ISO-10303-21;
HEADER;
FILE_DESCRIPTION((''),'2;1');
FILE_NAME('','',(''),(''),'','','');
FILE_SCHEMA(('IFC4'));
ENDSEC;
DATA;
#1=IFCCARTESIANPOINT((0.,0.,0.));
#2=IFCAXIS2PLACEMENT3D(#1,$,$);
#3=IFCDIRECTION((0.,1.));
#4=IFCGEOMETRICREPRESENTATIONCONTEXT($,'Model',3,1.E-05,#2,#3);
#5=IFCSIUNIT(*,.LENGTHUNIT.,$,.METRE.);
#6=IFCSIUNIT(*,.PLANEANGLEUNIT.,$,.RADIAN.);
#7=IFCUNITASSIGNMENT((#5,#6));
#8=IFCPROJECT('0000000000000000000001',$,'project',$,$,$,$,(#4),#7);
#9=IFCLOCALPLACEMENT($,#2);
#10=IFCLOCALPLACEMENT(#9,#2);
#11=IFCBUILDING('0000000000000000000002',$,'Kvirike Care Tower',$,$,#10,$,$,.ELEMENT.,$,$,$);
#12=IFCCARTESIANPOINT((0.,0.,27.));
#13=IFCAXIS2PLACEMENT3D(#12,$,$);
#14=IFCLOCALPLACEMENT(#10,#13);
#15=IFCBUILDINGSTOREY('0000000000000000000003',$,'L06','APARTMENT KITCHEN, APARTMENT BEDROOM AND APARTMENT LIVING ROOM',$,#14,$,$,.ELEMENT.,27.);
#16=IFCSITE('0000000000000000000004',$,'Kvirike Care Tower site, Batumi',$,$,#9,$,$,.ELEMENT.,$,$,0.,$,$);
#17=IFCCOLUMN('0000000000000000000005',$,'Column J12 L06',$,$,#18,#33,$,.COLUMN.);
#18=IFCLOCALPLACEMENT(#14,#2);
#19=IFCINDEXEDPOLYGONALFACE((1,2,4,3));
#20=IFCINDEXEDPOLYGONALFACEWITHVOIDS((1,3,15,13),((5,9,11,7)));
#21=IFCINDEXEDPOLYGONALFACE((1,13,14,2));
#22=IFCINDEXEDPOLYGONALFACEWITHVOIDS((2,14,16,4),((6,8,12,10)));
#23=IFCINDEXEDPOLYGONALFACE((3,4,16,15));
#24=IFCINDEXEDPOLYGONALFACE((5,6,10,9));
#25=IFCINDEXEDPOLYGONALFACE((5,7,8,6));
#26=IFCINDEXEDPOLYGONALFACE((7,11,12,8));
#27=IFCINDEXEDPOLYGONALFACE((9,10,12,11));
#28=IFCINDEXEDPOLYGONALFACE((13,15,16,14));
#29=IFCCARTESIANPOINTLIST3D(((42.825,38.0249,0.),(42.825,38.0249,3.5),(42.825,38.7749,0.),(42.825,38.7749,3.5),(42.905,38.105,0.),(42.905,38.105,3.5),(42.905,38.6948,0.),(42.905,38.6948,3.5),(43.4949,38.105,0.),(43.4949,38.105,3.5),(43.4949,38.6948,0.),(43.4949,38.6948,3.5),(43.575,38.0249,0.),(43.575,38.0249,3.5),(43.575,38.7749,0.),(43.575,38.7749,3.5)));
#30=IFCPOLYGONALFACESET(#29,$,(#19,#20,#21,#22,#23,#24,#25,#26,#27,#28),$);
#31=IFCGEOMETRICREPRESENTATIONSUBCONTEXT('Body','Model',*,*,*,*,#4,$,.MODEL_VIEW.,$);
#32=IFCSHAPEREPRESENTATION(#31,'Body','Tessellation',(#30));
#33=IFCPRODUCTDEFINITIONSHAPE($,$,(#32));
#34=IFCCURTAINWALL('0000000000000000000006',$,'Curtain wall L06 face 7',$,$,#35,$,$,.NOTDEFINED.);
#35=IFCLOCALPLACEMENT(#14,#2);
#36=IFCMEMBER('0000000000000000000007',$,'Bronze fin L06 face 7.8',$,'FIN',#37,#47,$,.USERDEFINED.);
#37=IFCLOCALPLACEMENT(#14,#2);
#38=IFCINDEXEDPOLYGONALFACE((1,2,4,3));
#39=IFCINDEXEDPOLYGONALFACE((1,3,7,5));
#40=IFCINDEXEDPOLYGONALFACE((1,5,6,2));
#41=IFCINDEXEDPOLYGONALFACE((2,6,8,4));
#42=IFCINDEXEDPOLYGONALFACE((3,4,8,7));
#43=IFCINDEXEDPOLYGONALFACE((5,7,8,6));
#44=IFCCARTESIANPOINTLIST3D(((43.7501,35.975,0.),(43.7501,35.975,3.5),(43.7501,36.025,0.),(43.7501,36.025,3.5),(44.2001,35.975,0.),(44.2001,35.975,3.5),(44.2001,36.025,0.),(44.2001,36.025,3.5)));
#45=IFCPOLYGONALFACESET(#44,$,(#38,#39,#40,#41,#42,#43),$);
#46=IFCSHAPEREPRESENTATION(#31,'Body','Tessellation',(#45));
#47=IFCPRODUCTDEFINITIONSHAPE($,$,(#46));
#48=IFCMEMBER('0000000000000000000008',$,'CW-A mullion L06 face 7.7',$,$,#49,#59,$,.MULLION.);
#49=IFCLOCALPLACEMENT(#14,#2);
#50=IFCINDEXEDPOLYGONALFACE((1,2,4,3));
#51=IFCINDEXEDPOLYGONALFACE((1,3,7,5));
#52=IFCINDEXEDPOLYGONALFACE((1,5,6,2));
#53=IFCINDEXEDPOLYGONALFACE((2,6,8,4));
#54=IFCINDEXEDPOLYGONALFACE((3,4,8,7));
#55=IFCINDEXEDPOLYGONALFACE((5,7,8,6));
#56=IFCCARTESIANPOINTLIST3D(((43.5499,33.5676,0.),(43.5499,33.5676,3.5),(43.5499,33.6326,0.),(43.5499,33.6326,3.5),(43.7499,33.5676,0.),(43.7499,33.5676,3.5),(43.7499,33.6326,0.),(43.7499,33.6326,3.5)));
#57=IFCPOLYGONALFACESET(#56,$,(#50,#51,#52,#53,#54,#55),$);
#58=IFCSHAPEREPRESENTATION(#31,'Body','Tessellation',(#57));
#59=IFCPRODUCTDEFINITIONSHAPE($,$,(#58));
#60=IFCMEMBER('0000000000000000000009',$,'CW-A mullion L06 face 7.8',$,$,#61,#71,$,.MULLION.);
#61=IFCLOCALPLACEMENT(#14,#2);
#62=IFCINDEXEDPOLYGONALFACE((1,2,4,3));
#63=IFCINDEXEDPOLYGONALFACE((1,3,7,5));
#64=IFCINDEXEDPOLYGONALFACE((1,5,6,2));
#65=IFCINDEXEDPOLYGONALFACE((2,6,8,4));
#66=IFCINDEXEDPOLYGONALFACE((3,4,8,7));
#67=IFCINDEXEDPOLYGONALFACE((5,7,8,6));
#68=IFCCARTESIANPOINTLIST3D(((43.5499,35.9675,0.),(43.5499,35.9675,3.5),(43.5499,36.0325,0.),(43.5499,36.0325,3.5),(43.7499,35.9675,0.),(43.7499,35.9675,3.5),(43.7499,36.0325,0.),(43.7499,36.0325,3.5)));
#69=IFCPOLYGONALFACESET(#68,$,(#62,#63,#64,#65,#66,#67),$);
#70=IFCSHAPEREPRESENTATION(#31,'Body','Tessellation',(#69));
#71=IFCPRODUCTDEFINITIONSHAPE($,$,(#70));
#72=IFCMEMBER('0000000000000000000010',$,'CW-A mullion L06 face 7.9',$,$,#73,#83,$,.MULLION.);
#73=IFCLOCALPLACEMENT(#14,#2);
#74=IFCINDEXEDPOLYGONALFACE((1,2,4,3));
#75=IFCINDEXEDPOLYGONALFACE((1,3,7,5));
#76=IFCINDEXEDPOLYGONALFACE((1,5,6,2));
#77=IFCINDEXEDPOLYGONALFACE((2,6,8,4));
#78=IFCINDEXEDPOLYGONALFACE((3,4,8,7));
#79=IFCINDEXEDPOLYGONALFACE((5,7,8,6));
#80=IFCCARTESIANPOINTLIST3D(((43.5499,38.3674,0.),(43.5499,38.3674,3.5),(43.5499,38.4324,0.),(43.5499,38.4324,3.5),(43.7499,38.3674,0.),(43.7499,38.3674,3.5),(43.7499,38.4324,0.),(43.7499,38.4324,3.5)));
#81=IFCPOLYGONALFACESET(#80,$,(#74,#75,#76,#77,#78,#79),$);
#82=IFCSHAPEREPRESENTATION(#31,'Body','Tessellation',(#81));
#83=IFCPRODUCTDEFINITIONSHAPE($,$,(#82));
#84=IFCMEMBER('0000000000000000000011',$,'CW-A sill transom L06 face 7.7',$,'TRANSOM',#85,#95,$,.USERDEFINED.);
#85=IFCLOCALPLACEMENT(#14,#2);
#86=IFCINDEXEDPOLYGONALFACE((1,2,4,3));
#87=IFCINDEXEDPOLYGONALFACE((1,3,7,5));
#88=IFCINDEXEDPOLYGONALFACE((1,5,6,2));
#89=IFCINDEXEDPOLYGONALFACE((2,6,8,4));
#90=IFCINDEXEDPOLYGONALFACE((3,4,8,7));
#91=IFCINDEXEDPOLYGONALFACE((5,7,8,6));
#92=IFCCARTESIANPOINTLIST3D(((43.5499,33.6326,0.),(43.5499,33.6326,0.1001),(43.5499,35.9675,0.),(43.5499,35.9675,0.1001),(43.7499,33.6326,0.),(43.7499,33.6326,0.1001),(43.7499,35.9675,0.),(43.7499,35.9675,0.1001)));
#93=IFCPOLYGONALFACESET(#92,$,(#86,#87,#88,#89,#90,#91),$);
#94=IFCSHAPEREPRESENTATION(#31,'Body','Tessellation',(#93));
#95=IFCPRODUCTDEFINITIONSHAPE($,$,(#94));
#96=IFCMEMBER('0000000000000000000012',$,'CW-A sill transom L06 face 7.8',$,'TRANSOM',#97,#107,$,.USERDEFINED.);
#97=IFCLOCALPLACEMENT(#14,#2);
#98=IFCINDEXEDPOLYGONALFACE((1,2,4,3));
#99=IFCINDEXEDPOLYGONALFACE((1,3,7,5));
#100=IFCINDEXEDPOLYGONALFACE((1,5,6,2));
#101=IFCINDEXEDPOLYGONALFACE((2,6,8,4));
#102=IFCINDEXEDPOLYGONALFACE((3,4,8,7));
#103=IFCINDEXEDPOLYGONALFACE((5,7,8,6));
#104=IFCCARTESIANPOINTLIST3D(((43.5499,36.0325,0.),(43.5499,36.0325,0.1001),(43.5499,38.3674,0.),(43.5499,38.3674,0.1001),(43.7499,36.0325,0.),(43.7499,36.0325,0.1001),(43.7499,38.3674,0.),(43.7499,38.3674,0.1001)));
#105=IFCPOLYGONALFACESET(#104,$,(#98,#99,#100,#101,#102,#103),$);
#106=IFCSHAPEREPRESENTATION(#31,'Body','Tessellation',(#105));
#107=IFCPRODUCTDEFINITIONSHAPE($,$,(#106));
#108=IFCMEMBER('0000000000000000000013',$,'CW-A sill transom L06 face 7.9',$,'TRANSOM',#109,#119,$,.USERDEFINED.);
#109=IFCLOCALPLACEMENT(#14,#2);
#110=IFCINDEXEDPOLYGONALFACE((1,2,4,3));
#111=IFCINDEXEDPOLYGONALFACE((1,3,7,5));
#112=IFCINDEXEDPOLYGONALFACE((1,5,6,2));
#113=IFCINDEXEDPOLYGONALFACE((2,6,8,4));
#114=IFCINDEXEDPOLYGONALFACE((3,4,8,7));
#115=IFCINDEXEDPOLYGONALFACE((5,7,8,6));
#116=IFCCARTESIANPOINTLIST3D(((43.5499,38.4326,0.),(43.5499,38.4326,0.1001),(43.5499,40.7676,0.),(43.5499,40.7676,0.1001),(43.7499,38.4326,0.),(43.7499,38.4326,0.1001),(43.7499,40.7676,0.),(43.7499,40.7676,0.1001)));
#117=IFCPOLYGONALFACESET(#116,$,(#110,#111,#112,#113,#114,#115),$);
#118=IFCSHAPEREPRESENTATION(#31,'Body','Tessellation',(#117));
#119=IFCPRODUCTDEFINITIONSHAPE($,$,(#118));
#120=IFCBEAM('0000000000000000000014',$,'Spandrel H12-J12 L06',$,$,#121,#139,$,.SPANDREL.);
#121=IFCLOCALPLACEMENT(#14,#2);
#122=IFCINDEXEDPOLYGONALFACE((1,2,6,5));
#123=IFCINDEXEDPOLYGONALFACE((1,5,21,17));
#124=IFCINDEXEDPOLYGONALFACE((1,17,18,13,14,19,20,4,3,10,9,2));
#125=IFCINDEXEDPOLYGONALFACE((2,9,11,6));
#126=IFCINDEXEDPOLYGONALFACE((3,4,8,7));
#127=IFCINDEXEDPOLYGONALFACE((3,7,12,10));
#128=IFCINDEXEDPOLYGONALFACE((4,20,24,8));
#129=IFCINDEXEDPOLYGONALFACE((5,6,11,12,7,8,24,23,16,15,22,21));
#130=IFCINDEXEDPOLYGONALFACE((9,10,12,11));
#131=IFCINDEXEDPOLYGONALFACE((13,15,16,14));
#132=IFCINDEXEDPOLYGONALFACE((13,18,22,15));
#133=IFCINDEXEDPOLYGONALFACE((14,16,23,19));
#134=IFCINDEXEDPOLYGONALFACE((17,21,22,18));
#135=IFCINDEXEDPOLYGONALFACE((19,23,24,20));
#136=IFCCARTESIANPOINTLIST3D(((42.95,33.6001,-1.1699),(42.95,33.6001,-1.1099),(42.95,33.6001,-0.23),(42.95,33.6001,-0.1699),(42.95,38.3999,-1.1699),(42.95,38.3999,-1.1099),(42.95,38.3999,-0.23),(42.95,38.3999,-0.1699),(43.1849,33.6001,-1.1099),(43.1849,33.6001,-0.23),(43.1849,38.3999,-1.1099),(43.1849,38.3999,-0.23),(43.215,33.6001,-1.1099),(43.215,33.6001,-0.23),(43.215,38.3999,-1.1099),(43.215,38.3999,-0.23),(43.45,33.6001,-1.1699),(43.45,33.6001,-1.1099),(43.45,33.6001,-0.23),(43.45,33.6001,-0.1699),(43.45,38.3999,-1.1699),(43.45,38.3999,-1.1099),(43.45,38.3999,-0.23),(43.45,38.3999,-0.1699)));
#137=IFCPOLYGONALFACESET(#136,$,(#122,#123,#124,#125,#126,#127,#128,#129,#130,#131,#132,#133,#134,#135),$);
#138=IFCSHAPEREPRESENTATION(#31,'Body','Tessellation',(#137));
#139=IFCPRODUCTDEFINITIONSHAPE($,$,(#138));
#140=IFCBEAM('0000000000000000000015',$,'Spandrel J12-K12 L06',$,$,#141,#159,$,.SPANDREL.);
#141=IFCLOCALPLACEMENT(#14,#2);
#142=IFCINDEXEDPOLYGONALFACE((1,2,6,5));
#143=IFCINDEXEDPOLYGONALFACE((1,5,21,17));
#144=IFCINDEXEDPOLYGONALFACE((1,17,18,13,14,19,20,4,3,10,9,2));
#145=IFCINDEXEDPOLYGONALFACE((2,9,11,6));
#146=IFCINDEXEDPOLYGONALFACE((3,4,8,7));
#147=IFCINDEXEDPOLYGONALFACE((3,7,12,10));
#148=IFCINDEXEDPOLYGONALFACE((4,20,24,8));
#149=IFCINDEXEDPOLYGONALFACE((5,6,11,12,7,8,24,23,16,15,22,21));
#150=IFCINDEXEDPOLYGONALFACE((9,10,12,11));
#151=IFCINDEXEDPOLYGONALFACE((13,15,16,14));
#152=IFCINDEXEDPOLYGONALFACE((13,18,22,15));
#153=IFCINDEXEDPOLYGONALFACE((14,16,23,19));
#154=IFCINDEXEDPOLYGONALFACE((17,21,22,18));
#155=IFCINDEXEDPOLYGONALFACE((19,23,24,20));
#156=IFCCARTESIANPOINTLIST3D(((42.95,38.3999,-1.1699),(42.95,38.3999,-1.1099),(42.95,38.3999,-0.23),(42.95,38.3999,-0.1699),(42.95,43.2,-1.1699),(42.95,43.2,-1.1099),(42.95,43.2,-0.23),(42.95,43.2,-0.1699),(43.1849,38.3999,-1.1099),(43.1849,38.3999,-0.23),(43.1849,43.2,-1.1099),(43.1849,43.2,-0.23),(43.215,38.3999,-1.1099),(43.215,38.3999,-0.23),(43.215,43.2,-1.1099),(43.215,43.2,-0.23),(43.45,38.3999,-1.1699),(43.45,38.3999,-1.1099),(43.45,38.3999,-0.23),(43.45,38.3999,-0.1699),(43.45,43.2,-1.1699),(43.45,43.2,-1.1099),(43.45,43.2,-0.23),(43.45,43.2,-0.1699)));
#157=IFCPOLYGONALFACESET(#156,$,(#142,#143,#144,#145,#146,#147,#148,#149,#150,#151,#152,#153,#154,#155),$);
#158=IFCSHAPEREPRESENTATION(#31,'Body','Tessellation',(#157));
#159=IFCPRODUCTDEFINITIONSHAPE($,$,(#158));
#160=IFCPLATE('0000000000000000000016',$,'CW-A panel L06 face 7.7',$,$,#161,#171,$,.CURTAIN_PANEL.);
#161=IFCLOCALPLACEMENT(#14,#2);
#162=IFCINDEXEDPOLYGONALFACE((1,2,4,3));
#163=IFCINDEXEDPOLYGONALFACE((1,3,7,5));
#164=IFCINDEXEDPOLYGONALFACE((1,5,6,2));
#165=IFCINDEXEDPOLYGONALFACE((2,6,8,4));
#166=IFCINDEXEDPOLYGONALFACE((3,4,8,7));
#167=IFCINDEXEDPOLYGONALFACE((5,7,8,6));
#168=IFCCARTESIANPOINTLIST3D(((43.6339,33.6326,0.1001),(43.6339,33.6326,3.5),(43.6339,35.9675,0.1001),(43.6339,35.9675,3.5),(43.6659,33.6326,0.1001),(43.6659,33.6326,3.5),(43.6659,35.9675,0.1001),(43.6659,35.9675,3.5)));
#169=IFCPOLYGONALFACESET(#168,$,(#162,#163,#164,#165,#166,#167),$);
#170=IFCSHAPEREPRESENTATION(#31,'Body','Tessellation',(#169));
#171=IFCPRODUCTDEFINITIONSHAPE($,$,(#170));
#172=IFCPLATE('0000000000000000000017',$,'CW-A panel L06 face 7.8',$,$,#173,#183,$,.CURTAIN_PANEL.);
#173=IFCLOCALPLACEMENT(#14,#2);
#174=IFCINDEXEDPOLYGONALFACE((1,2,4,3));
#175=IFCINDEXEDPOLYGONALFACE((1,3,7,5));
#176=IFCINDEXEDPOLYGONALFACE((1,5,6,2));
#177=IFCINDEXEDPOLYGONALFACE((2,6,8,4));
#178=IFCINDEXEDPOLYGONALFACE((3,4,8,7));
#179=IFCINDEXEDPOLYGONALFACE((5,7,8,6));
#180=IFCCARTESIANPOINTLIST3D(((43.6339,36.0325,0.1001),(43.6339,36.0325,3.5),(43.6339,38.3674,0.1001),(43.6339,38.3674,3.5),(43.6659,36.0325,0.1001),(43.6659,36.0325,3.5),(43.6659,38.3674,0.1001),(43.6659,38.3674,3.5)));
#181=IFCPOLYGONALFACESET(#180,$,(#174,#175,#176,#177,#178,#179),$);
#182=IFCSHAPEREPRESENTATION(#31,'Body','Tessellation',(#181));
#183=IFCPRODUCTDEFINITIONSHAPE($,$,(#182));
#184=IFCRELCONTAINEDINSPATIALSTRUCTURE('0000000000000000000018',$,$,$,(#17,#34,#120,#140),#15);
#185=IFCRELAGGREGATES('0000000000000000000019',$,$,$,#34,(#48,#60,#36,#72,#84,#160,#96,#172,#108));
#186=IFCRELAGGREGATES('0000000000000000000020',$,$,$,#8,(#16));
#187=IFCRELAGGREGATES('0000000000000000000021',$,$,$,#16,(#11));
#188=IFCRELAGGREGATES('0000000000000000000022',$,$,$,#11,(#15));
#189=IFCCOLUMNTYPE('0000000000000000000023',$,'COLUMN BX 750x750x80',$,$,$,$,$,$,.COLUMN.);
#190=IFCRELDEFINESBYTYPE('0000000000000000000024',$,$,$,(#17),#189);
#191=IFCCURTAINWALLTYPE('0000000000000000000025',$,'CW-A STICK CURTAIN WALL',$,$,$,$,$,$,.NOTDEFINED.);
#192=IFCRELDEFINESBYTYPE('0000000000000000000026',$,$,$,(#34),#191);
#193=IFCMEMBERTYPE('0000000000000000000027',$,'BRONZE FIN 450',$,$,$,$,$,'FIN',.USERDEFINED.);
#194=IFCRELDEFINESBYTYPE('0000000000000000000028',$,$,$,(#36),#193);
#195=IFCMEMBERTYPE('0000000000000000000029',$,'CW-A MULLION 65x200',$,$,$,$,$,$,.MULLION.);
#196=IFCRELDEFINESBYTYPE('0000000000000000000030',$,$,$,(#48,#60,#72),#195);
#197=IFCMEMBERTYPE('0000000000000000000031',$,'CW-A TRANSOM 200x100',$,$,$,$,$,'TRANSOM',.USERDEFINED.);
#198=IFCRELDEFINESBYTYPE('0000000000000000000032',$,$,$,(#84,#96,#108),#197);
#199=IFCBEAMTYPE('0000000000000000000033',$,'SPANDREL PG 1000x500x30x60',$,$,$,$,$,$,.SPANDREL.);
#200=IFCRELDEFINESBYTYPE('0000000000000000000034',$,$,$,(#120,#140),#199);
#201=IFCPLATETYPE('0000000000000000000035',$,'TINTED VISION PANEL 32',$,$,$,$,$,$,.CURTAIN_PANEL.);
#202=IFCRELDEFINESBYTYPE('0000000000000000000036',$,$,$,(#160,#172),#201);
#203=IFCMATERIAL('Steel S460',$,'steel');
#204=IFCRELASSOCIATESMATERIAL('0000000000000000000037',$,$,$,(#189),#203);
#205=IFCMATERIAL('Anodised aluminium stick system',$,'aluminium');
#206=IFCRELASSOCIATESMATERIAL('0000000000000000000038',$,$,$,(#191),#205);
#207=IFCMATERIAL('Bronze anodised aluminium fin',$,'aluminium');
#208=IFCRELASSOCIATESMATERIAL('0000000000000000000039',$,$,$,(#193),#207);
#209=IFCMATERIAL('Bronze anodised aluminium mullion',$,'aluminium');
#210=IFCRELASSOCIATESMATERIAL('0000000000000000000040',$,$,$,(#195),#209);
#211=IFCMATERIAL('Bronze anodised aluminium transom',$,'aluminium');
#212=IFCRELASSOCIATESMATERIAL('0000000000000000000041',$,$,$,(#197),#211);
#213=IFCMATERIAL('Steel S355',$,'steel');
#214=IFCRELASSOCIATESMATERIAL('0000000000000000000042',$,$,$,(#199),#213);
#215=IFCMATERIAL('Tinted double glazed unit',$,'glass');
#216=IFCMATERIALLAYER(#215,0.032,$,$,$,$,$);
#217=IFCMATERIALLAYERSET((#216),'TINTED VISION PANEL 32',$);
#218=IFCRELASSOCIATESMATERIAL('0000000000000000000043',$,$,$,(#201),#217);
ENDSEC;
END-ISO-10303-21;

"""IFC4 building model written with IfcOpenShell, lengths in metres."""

from ifc_helpers import new_model, si_unit, direction, frame, origin, origin_2d, place, context, subcontext, project, spatial, rectangle, hollow_rectangle, i_section, extrude, material, layer, layer_set, material_profile, profile_set, type_object, element, aggregate, save


model = new_model("IFC4")

# Units and contexts
model_context = context("Model", 3, precision=1e-05, world=origin(), true_north=direction((0.0, 1.0)))
body_context = subcontext(model_context, "Body", "Model", "MODEL_VIEW")
ifc_project = project(units=[si_unit("LENGTHUNIT", "METRE"), si_unit("PLANEANGLEUNIT", "RADIAN")], contexts=[model_context])

# Site, building, storey
site_placement = place(None, origin())
site = spatial("IfcSite", under=ifc_project, at=site_placement, Name="Kvirike Care Tower site, Batumi", CompositionType="ELEMENT", RefElevation=0.0)
building_placement = place(site_placement, origin())
building = spatial("IfcBuilding", under=site, at=building_placement, Name="Kvirike Care Tower", CompositionType="ELEMENT")
storey_placement = place(building_placement, frame((0.0, 0.0, 27.0)))
storey = spatial("IfcBuildingStorey", under=building, at=storey_placement, Name="L06", Description="APARTMENT KITCHEN, APARTMENT BEDROOM AND APARTMENT LIVING ROOM", CompositionType="ELEMENT", Elevation=27.0)

# Column
ifc_material_1 = material(Name="Steel S460", Category="steel")
ifc_material_profile_1 = material_profile(ifc_material_1, hollow_rectangle(XDim=0.75, YDim=0.75, WallThickness=0.0801, at=origin_2d()), Name="BX 750x750x80")
ifc_profile_set_1 = profile_set([ifc_material_profile_1], Name="Steel S460")
column_type = type_object("IfcColumnType", Name="COLUMN BX 750x750x80", PredefinedType="COLUMN", material=ifc_profile_set_1)
column_placement = place(storey_placement, frame((43.2, 38.3999, 0.0), z_axis=(0.0, 0.0, 1.0), x_axis=(1.0, 0.0, 0.0)))
element("IfcColumn", 1, at=column_placement, inside=storey, type_object=column_type, Name="Column J12 L06", PredefinedType="COLUMN", context=body_context, shape_type="SweptSolid", body=[
    extrude(hollow_rectangle(XDim=0.75, YDim=0.75, WallThickness=0.0801, at=origin_2d()), origin(), (0.0, 0.0, 1.0), 3.5),
])

# Curtain wall, members
ifc_material_2 = material(Name="Anodised aluminium stick system", Category="aluminium")
curtain_wall_type = type_object("IfcCurtainWallType", Name="CW-A STICK CURTAIN WALL", PredefinedType="NOTDEFINED", material=ifc_material_2)
curtain_wall_placement = place(storey_placement, origin())
curtain_wall = element("IfcCurtainWall", 2, at=curtain_wall_placement, inside=storey, type_object=curtain_wall_type, Name="Curtain wall L06 face 7", PredefinedType="NOTDEFINED")
ifc_material_3 = material(Name="Bronze anodised aluminium fin", Category="aluminium")
ifc_material_profile_2 = material_profile(ifc_material_3, rectangle(XDim=0.05, YDim=0.45, at=origin_2d()), Name="BRONZE FIN 450")
ifc_profile_set_2 = profile_set([ifc_material_profile_2], Name="Bronze anodised aluminium fin")
member_type_1 = type_object("IfcMemberType", Name="BRONZE FIN 450", ElementType="FIN", PredefinedType="USERDEFINED", material=ifc_profile_set_2)
member_1_placement = place(storey_placement, frame((43.9751, 36.0, 0.0), z_axis=(0.0, 0.0, 1.0), x_axis=(0.0, 1.0, 0.0)))
member_1 = element("IfcMember", 3, at=member_1_placement, type_object=member_type_1, Name="Bronze fin L06 face 7.8", ObjectType="FIN", PredefinedType="USERDEFINED", context=body_context, shape_type="SweptSolid", body=[
    extrude(rectangle(XDim=0.05, YDim=0.45, at=origin_2d()), origin(), (0.0, 0.0, 1.0), 3.5),
])
ifc_material_4 = material(Name="Bronze anodised aluminium mullion", Category="aluminium")
ifc_material_profile_3 = material_profile(ifc_material_4, rectangle(XDim=0.0649, YDim=0.2, at=origin_2d()), Name="CW-A MULLION 65x200")
ifc_profile_set_3 = profile_set([ifc_material_profile_3], Name="Bronze anodised aluminium mullion")
member_type_2 = type_object("IfcMemberType", Name="CW-A MULLION 65x200", PredefinedType="MULLION", material=ifc_profile_set_3)
member_2_placement = place(storey_placement, frame((43.6499, 33.6001, 0.0), z_axis=(0.0, 0.0, 1.0), x_axis=(0.0, 1.0, 0.0)))
member_2 = element("IfcMember", 4, at=member_2_placement, type_object=member_type_2, Name="CW-A mullion L06 face 7.7", PredefinedType="MULLION", context=body_context, shape_type="SweptSolid", body=[
    extrude(rectangle(XDim=0.0649, YDim=0.2, at=origin_2d()), origin(), (0.0, 0.0, 1.0), 3.5),
])
member_3_placement = place(storey_placement, frame((43.6499, 36.0, 0.0), z_axis=(0.0, 0.0, 1.0), x_axis=(0.0, 1.0, 0.0)))
member_3 = element("IfcMember", 5, at=member_3_placement, type_object=member_type_2, Name="CW-A mullion L06 face 7.8", PredefinedType="MULLION", context=body_context, shape_type="SweptSolid", body=[
    extrude(rectangle(XDim=0.0649, YDim=0.2, at=origin_2d()), origin(), (0.0, 0.0, 1.0), 3.5),
])
member_4_placement = place(storey_placement, frame((43.6499, 38.3999, 0.0), z_axis=(0.0, 0.0, 1.0), x_axis=(0.0, 1.0, 0.0)))
member_4 = element("IfcMember", 6, at=member_4_placement, type_object=member_type_2, Name="CW-A mullion L06 face 7.9", PredefinedType="MULLION", context=body_context, shape_type="SweptSolid", body=[
    extrude(rectangle(XDim=0.0649, YDim=0.2, at=origin_2d()), origin(), (0.0, 0.0, 1.0), 3.5),
])
ifc_material_5 = material(Name="Bronze anodised aluminium transom", Category="aluminium")
ifc_material_profile_4 = material_profile(ifc_material_5, rectangle(XDim=0.2, YDim=0.1001, at=origin_2d()), Name="CW-A TRANSOM 200x100")
ifc_profile_set_4 = profile_set([ifc_material_profile_4], Name="Bronze anodised aluminium transom")
member_type_3 = type_object("IfcMemberType", Name="CW-A TRANSOM 200x100", ElementType="TRANSOM", PredefinedType="USERDEFINED", material=ifc_profile_set_4)
member_5_placement = place(storey_placement, frame((43.6499, 33.6326, 0.05), z_axis=(0.0, 1.0, 0.0), x_axis=(-1.0, 0.0, 0.0)))
member_5 = element("IfcMember", 7, at=member_5_placement, type_object=member_type_3, Name="CW-A sill transom L06 face 7.7", ObjectType="TRANSOM", PredefinedType="USERDEFINED", context=body_context, shape_type="SweptSolid", body=[
    extrude(rectangle(XDim=0.2, YDim=0.1001, at=origin_2d()), origin(), (0.0, 0.0, 1.0), 2.335),
])
member_6_placement = place(storey_placement, frame((43.6499, 36.0325, 0.05), z_axis=(0.0, 1.0, 0.0), x_axis=(-1.0, 0.0, 0.0)))
member_6 = element("IfcMember", 8, at=member_6_placement, type_object=member_type_3, Name="CW-A sill transom L06 face 7.8", ObjectType="TRANSOM", PredefinedType="USERDEFINED", context=body_context, shape_type="SweptSolid", body=[
    extrude(rectangle(XDim=0.2, YDim=0.1001, at=origin_2d()), origin(), (0.0, 0.0, 1.0), 2.335),
])
member_7_placement = place(storey_placement, frame((43.6499, 38.4326, 0.05), z_axis=(0.0, 1.0, 0.0), x_axis=(-1.0, 0.0, 0.0)))
member_7 = element("IfcMember", 9, at=member_7_placement, type_object=member_type_3, Name="CW-A sill transom L06 face 7.9", ObjectType="TRANSOM", PredefinedType="USERDEFINED", context=body_context, shape_type="SweptSolid", body=[
    extrude(rectangle(XDim=0.2, YDim=0.1001, at=origin_2d()), origin(), (0.0, 0.0, 1.0), 2.335),
])

# Beams
ifc_material_6 = material(Name="Steel S355", Category="steel")
ifc_material_profile_5 = material_profile(ifc_material_6, i_section(OverallWidth=0.5, OverallDepth=1.0, WebThickness=0.03, FlangeThickness=0.0601, at=origin_2d()), Name="PG 1000x500x30x60")
ifc_profile_set_5 = profile_set([ifc_material_profile_5], Name="Steel S355")
beam_type = type_object("IfcBeamType", Name="SPANDREL PG 1000x500x30x60", PredefinedType="SPANDREL", material=ifc_profile_set_5)
beam_1_placement = place(storey_placement, frame((43.2, 33.6001, -0.6699), z_axis=(0.0, 1.0, 0.0), x_axis=(-1.0, 0.0, 0.0)))
element("IfcBeam", 10, at=beam_1_placement, inside=storey, type_object=beam_type, Name="Spandrel H12-J12 L06", PredefinedType="SPANDREL", context=body_context, shape_type="SweptSolid", body=[
    extrude(i_section(OverallWidth=0.5, OverallDepth=1.0, WebThickness=0.03, FlangeThickness=0.0601, at=origin_2d()), origin(), (0.0, 0.0, 1.0), 4.7998),
])
beam_2_placement = place(storey_placement, frame((43.2, 38.3999, -0.6699), z_axis=(0.0, 1.0, 0.0), x_axis=(-1.0, 0.0, 0.0)))
element("IfcBeam", 11, at=beam_2_placement, inside=storey, type_object=beam_type, Name="Spandrel J12-K12 L06", PredefinedType="SPANDREL", context=body_context, shape_type="SweptSolid", body=[
    extrude(i_section(OverallWidth=0.5, OverallDepth=1.0, WebThickness=0.03, FlangeThickness=0.0601, at=origin_2d()), origin(), (0.0, 0.0, 1.0), 4.8),
])

# Plates
ifc_material_7 = material(Name="Tinted double glazed unit", Category="glass")
ifc_layer_1 = layer(ifc_material_7, 0.032)
ifc_layer_set_1 = layer_set([ifc_layer_1], Name="TINTED VISION PANEL 32")
plate_type = type_object("IfcPlateType", Name="TINTED VISION PANEL 32", PredefinedType="CURTAIN_PANEL", material=ifc_layer_set_1)
plate_1_placement = place(storey_placement, frame((43.6499, 34.8, 0.1001), z_axis=(0.0, 0.0, 1.0), x_axis=(0.0, 1.0, 0.0)))
plate_1 = element("IfcPlate", 12, at=plate_1_placement, type_object=plate_type, Name="CW-A panel L06 face 7.7", PredefinedType="CURTAIN_PANEL", context=body_context, shape_type="SweptSolid", body=[
    extrude(rectangle(XDim=2.335, YDim=0.032, at=origin_2d()), origin(), (0.0, 0.0, 1.0), 3.3999),
])
plate_2_placement = place(storey_placement, frame((43.6499, 37.2, 0.1001), z_axis=(0.0, 0.0, 1.0), x_axis=(0.0, 1.0, 0.0)))
plate_2 = element("IfcPlate", 13, at=plate_2_placement, type_object=plate_type, Name="CW-A panel L06 face 7.8", PredefinedType="CURTAIN_PANEL", context=body_context, shape_type="SweptSolid", body=[
    extrude(rectangle(XDim=2.335, YDim=0.032, at=origin_2d()), origin(), (0.0, 0.0, 1.0), 3.3999),
])
aggregate(curtain_wall, [member_2, member_3, member_1, member_4, member_5, plate_1, member_6, plate_2, member_7])

save(model, "model.ifc")
